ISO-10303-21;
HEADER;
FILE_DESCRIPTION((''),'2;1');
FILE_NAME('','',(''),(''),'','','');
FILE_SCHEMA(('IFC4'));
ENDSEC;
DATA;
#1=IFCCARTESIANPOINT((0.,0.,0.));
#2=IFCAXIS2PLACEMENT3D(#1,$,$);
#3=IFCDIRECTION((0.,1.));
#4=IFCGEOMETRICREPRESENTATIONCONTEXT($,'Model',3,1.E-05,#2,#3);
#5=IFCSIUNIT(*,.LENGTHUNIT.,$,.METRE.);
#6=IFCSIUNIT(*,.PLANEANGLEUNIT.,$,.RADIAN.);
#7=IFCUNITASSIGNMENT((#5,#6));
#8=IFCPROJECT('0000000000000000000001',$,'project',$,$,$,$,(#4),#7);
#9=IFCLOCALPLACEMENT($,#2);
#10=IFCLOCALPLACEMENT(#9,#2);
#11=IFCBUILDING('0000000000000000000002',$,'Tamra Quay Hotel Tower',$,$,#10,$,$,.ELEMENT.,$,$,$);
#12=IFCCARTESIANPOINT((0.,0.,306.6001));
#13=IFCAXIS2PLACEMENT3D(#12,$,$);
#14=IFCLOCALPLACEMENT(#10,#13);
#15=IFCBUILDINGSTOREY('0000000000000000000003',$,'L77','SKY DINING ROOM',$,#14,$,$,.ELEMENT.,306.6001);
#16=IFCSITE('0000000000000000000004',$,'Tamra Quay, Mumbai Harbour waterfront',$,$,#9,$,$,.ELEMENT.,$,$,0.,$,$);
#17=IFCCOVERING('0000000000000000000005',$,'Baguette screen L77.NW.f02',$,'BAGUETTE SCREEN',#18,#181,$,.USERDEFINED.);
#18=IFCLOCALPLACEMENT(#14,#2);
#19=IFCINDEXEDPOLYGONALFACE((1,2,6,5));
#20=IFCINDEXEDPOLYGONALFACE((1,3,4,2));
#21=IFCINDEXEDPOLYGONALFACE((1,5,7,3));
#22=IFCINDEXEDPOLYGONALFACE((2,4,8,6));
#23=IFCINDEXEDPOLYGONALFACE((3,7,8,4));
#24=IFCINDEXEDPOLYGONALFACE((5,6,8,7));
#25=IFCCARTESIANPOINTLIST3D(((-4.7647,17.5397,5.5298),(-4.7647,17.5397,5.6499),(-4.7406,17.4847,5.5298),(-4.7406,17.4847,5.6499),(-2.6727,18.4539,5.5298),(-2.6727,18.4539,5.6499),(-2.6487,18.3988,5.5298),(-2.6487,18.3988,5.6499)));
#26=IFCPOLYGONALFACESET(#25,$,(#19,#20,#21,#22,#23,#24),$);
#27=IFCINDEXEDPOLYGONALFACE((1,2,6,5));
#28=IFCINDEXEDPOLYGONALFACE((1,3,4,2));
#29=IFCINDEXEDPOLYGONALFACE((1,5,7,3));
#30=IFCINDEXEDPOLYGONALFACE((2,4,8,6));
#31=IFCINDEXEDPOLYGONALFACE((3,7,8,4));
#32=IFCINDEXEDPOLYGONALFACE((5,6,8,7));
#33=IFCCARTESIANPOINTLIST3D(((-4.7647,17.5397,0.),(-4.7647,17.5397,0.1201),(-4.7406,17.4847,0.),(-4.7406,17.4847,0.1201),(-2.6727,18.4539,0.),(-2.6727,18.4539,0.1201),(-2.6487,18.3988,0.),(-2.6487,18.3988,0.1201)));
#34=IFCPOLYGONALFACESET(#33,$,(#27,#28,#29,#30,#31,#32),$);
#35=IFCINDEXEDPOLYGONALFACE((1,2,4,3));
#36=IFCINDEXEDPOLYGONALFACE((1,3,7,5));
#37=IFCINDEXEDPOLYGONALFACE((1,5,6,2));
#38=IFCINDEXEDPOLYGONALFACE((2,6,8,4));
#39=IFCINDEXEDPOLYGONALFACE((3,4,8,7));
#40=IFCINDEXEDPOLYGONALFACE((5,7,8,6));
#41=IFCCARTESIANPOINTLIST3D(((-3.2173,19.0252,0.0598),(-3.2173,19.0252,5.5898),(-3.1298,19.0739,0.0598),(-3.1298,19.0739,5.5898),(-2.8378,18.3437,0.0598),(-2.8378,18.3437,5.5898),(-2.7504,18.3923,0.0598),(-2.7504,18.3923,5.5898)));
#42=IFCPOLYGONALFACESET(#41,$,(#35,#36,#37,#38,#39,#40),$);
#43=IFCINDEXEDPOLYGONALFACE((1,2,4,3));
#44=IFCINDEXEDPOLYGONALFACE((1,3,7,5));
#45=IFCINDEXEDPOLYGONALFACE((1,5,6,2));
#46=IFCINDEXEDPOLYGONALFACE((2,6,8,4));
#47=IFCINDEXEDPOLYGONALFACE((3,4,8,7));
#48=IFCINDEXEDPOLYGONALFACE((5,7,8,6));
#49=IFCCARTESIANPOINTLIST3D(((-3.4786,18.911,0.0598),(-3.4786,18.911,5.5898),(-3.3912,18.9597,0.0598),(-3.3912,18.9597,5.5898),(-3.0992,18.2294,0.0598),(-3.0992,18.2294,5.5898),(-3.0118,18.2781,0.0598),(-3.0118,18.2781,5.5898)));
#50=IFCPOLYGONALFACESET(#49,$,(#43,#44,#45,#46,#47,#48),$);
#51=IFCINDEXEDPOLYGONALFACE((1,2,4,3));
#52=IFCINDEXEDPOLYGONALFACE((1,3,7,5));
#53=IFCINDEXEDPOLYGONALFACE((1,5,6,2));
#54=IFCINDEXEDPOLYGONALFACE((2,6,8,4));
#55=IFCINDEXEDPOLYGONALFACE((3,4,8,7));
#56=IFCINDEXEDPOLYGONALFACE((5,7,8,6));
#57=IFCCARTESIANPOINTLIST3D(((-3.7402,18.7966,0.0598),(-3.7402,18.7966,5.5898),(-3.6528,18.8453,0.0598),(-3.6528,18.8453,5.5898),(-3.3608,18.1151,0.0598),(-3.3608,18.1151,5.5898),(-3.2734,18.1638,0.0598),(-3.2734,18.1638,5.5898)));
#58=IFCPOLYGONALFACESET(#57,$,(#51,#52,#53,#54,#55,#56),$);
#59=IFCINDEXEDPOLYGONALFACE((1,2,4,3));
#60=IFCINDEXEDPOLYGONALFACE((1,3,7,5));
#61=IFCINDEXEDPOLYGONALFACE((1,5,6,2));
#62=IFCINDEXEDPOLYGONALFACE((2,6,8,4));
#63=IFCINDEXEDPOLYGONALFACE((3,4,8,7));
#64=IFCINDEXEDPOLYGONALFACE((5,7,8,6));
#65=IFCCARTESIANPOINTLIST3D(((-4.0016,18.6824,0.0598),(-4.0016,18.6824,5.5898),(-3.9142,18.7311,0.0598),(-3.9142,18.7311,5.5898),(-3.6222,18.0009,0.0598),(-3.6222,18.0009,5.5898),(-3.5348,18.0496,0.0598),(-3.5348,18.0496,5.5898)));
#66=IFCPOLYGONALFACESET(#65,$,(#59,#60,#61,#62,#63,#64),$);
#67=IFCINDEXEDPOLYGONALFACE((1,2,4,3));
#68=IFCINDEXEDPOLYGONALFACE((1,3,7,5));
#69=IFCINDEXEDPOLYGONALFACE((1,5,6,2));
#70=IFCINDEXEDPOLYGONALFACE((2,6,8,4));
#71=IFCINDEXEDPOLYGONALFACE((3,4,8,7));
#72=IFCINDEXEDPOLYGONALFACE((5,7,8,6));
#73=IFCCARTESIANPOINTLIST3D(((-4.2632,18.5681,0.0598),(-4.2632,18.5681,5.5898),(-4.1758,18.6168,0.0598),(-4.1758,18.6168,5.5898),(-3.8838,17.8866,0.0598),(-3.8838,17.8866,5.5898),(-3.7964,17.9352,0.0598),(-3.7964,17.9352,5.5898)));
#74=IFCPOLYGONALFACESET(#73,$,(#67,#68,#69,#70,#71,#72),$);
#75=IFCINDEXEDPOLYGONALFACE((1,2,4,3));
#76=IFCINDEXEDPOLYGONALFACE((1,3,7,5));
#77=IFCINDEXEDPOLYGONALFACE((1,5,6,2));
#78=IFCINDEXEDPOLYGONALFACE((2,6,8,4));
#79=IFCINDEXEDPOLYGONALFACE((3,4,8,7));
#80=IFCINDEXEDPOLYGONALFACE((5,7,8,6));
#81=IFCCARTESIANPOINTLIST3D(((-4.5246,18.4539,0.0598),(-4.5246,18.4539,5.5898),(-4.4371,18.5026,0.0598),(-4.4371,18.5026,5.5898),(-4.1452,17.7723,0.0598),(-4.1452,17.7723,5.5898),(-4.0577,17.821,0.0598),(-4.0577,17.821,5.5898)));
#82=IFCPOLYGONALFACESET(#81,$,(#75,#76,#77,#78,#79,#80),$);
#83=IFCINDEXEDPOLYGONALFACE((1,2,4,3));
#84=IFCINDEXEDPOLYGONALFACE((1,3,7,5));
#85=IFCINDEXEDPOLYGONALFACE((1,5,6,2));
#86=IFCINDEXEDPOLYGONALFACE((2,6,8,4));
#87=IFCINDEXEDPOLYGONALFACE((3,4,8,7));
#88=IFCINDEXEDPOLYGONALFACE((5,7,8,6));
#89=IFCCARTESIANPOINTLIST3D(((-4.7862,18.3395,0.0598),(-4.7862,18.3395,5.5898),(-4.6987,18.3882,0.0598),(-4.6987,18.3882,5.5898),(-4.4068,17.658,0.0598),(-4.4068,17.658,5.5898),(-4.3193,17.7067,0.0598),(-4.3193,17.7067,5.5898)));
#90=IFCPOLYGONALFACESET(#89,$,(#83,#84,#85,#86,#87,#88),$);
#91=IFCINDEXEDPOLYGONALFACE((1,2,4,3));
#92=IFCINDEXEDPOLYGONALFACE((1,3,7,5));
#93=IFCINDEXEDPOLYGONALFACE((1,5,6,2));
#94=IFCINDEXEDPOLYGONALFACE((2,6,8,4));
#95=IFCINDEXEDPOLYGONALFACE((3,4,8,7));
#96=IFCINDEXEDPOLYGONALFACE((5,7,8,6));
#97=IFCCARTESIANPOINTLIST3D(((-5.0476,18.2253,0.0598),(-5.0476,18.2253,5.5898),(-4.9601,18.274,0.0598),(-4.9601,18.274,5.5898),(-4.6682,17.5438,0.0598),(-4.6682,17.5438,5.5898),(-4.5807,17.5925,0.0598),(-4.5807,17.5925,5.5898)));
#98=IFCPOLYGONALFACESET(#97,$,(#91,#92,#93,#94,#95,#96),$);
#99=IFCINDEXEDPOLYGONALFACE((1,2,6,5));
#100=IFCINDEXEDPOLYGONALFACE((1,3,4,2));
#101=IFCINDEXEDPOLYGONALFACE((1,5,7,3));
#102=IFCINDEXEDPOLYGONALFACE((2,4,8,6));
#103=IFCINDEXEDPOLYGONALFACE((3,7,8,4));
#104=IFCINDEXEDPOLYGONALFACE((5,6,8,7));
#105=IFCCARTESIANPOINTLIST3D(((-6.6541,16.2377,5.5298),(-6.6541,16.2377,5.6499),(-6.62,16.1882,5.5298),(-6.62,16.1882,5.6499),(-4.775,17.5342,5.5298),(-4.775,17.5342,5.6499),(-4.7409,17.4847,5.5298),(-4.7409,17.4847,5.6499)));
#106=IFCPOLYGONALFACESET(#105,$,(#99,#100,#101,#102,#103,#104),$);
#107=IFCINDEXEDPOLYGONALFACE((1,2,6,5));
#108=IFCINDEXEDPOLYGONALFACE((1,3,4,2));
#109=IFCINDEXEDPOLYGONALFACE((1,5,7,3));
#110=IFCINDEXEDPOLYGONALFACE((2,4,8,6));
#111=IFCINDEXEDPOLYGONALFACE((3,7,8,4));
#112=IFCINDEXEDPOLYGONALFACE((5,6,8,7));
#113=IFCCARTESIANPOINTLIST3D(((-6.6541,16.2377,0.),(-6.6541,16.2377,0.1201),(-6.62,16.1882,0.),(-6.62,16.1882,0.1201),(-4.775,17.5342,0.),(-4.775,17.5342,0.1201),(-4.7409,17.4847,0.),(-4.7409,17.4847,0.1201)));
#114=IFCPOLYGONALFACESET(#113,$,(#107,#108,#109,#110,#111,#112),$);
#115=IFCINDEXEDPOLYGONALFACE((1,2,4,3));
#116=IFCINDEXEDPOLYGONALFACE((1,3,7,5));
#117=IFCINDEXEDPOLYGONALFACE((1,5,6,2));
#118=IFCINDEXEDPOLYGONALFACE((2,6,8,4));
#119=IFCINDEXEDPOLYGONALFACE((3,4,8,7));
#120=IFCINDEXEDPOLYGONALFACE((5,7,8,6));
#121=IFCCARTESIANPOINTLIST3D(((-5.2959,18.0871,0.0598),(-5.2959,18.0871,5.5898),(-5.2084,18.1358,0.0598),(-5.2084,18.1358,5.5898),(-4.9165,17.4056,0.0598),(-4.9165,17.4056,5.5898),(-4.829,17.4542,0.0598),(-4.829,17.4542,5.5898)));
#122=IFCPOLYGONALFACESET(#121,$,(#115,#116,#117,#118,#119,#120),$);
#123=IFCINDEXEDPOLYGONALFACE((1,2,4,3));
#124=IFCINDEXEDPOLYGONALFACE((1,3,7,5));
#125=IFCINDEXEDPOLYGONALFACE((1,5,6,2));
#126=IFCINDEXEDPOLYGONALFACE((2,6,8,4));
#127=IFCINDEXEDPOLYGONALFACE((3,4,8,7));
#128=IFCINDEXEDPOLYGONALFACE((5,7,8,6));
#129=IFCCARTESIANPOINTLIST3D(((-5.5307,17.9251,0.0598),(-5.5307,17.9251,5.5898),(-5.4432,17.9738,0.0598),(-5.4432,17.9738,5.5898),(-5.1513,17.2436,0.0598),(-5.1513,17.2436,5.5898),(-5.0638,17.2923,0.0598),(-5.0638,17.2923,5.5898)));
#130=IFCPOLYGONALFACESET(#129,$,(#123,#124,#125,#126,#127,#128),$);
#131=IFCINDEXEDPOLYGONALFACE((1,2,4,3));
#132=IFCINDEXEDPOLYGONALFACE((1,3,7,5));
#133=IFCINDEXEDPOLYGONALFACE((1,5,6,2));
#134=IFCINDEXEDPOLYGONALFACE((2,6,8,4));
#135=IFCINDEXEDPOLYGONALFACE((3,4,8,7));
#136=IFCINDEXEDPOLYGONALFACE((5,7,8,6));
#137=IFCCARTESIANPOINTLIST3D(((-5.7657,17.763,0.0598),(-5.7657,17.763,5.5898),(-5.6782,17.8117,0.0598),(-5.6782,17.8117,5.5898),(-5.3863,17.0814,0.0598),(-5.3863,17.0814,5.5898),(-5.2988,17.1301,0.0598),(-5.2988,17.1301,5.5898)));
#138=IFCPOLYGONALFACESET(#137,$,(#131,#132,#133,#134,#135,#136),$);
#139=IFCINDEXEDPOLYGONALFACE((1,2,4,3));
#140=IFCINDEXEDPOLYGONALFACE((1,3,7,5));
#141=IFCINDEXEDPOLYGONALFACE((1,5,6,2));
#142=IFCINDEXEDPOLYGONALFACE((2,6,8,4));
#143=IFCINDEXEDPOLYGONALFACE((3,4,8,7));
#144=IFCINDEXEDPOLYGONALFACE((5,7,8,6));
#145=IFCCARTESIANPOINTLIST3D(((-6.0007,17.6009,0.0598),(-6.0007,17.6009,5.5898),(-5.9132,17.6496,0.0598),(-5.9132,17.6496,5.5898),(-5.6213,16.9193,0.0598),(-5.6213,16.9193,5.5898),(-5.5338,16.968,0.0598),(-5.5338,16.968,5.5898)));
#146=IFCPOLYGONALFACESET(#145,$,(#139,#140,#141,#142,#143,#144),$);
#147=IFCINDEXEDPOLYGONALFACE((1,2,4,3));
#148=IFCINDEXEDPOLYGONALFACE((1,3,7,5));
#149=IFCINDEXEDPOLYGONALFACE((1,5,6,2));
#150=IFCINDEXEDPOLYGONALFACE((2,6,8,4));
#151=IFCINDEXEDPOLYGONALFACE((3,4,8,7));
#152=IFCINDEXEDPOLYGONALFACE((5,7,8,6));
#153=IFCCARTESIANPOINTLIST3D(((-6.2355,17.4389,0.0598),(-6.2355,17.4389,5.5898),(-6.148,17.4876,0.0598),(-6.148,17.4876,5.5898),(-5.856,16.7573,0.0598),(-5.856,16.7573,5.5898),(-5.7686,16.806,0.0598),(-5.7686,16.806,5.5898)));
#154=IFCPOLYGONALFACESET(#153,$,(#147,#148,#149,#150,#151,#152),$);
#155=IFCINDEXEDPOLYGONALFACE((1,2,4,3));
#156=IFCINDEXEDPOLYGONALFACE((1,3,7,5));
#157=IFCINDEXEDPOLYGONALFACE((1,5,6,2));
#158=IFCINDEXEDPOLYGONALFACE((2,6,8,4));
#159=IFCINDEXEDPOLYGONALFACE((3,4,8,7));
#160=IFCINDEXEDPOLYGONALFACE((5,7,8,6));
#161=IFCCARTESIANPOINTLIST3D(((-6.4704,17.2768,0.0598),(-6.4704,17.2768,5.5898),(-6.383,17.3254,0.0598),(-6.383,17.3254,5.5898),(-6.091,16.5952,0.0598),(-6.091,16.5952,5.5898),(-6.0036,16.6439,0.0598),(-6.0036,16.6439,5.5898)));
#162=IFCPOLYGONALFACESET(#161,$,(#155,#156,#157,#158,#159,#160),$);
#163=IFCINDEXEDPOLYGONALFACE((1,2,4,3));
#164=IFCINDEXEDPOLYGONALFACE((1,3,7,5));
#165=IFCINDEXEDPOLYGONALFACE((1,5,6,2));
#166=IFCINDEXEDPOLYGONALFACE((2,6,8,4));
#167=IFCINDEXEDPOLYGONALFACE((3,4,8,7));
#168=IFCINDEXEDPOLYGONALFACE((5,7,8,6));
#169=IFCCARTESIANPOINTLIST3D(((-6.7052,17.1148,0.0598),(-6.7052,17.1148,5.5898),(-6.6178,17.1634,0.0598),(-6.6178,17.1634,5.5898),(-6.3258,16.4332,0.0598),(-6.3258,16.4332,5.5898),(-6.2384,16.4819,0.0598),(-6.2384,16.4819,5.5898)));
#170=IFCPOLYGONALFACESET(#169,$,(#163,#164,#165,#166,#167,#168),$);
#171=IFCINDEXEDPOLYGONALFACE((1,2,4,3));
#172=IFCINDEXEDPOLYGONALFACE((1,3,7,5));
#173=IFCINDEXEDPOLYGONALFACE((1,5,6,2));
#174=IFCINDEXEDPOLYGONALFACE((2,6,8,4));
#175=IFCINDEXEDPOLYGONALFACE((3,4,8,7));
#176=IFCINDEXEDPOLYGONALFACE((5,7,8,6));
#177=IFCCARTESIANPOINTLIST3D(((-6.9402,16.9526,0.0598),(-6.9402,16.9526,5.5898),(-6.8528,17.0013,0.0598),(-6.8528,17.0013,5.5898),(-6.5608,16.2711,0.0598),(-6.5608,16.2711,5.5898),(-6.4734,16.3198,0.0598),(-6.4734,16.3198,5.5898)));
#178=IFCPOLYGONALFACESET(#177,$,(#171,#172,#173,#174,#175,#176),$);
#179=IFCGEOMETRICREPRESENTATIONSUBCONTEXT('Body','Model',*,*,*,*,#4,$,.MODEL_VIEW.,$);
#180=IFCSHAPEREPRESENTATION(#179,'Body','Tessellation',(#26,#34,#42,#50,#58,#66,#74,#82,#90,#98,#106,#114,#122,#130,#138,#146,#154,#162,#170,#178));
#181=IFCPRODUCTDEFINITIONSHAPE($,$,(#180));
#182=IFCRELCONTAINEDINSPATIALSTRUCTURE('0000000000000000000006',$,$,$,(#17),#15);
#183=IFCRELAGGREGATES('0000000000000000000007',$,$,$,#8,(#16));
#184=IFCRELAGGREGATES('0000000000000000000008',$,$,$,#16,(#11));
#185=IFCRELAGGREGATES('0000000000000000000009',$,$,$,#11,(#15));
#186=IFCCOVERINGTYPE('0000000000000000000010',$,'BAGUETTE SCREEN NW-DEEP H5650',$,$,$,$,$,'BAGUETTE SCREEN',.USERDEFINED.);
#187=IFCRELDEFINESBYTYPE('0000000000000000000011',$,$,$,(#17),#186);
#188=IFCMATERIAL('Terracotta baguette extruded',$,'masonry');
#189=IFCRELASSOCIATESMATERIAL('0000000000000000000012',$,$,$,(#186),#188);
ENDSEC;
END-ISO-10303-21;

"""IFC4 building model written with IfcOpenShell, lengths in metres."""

from ifc_helpers import new_model, si_unit, direction, frame, frame_2d, origin, place, context, subcontext, project, spatial, rectangle, extrude, source, transform, mapped, material, type_object, element, save


model = new_model("IFC4")

# Units and contexts
model_context = context("Model", 3, precision=1e-05, world=origin(), true_north=direction((0.0, 1.0)))
body_context = subcontext(model_context, "Body", "Model", "MODEL_VIEW")
ifc_project = project(units=[si_unit("LENGTHUNIT", "METRE"), si_unit("PLANEANGLEUNIT", "RADIAN")], contexts=[model_context])

# Site, building, storey
site_placement = place(None, origin())
site = spatial("IfcSite", under=ifc_project, at=site_placement, Name="Tamra Quay, Mumbai Harbour waterfront", CompositionType="ELEMENT", RefElevation=0.0)
building_placement = place(site_placement, origin())
building = spatial("IfcBuilding", under=site, at=building_placement, Name="Tamra Quay Hotel Tower", CompositionType="ELEMENT")
storey_placement = place(building_placement, frame((0.0, 0.0, 306.6001)))
storey = spatial("IfcBuildingStorey", under=building, at=storey_placement, Name="L77", Description="SKY DINING ROOM", CompositionType="ELEMENT", Elevation=306.6001)

# Covering
ifc_material_1 = material(Name="Terracotta baguette extruded", Category="masonry")
covering_type_1 = type_object("IfcCoveringType", Name="BAGUETTE SCREEN NW-DEEP H5650", ElementType="BAGUETTE SCREEN", PredefinedType="USERDEFINED", material=ifc_material_1)
shared_shape_1 = source(origin(), body_context, "Body", "SweptSolid", [
    extrude(rectangle(XDim=2.283, YDim=0.0601, at=frame_2d((1.1416, 0.03))), frame((-2.2783, -0.0576, -0.1201), z_axis=(0.0, 0.0, 1.0), x_axis=(0.995396, -0.095846, 0.0)), (0.0, 0.0, 1.0), 0.1201),
    extrude(rectangle(XDim=2.283, YDim=0.0601, at=frame_2d((1.1416, 0.03))), frame((-2.2783, -0.0576, -5.6499), z_axis=(0.0, 0.0, 1.0), x_axis=(0.995396, -0.095846, 0.0)), (0.0, 0.0, 1.0), 0.1201),
    extrude(rectangle(XDim=0.1001, YDim=0.78, at=frame_2d((0.05, 0.3901))), frame((-2.1804, -0.8218, -5.5901)), (0.0, 0.0, 1.0), 5.53),
    extrude(rectangle(XDim=0.1001, YDim=0.78, at=frame_2d((0.05, 0.3901))), frame((-1.8965, -0.8491, -5.5901)), (0.0, 0.0, 1.0), 5.53),
    extrude(rectangle(XDim=0.1001, YDim=0.78, at=frame_2d((0.05, 0.3901))), frame((-1.6123, -0.8765, -5.5901)), (0.0, 0.0, 1.0), 5.53),
    extrude(rectangle(XDim=0.1001, YDim=0.78, at=frame_2d((0.05, 0.3901))), frame((-1.3284, -0.9038, -5.5901)), (0.0, 0.0, 1.0), 5.53),
    extrude(rectangle(XDim=0.1001, YDim=0.78, at=frame_2d((0.05, 0.3901))), frame((-1.0442, -0.9312, -5.5901)), (0.0, 0.0, 1.0), 5.53),
    extrude(rectangle(XDim=0.1001, YDim=0.78, at=frame_2d((0.05, 0.3901))), frame((-0.7603, -0.9585, -5.5901)), (0.0, 0.0, 1.0), 5.53),
    extrude(rectangle(XDim=0.1001, YDim=0.78, at=frame_2d((0.05, 0.3901))), frame((-0.4761, -0.9858, -5.5901)), (0.0, 0.0, 1.0), 5.53),
    extrude(rectangle(XDim=0.1001, YDim=0.78, at=frame_2d((0.05, 0.3901))), frame((-0.1921, -1.0132, -5.5901)), (0.0, 0.0, 1.0), 5.53),
    extrude(rectangle(XDim=2.283, YDim=0.0601, at=frame_2d((1.1416, 0.03))), frame((0.0059, -0.2766, -0.1201), z_axis=(0.0, 0.0, 1.0), x_axis=(0.995396, 0.095846, 0.0)), (0.0, 0.0, 1.0), 0.1201),
    extrude(rectangle(XDim=2.283, YDim=0.0601, at=frame_2d((1.1416, 0.03))), frame((0.0059, -0.2766, -5.6499), z_axis=(0.0, 0.0, 1.0), x_axis=(0.995396, 0.095846, 0.0)), (0.0, 0.0, 1.0), 0.1201),
    extrude(rectangle(XDim=0.1001, YDim=0.78, at=frame_2d((0.05, 0.3901))), frame((0.092, -1.0132, -5.5901)), (0.0, 0.0, 1.0), 5.53),
    extrude(rectangle(XDim=0.1001, YDim=0.78, at=frame_2d((0.05, 0.3901))), frame((0.376, -0.9858, -5.5901)), (0.0, 0.0, 1.0), 5.53),
    extrude(rectangle(XDim=0.1001, YDim=0.78, at=frame_2d((0.05, 0.3901))), frame((0.6602, -0.9585, -5.5901)), (0.0, 0.0, 1.0), 5.53),
    extrude(rectangle(XDim=0.1001, YDim=0.78, at=frame_2d((0.05, 0.3901))), frame((0.9443, -0.9312, -5.5901)), (0.0, 0.0, 1.0), 5.53),
    extrude(rectangle(XDim=0.1001, YDim=0.78, at=frame_2d((0.05, 0.3901))), frame((1.2283, -0.9038, -5.5901)), (0.0, 0.0, 1.0), 5.53),
    extrude(rectangle(XDim=0.1001, YDim=0.78, at=frame_2d((0.05, 0.3901))), frame((1.5125, -0.8765, -5.5901)), (0.0, 0.0, 1.0), 5.53),
    extrude(rectangle(XDim=0.1001, YDim=0.78, at=frame_2d((0.05, 0.3901))), frame((1.7964, -0.8491, -5.5901)), (0.0, 0.0, 1.0), 5.53),
    extrude(rectangle(XDim=0.1001, YDim=0.78, at=frame_2d((0.05, 0.3901))), frame((2.0806, -0.8218, -5.5901)), (0.0, 0.0, 1.0), 5.53),
])
for number, where, z_axis, x_axis, name in (
    (1, (-4.6353, 17.2954, 5.6499), (0.0, 0.0, 1.0), (-0.873736, -0.486401, 0.0), "Baguette screen L77.NW.f02"),
):
    element("IfcCovering", number, at=place(storey_placement, frame(where, z_axis=z_axis, x_axis=x_axis)), inside=storey, type_object=covering_type_1, Name=name, ObjectType="BAGUETTE SCREEN", PredefinedType="USERDEFINED", context=body_context, shape_type="MappedRepresentation", body=[
        mapped(shared_shape_1, transform((0.0, 0.0, 0.0), scale=1.0)),
    ])

save(model, "model.ifc")
